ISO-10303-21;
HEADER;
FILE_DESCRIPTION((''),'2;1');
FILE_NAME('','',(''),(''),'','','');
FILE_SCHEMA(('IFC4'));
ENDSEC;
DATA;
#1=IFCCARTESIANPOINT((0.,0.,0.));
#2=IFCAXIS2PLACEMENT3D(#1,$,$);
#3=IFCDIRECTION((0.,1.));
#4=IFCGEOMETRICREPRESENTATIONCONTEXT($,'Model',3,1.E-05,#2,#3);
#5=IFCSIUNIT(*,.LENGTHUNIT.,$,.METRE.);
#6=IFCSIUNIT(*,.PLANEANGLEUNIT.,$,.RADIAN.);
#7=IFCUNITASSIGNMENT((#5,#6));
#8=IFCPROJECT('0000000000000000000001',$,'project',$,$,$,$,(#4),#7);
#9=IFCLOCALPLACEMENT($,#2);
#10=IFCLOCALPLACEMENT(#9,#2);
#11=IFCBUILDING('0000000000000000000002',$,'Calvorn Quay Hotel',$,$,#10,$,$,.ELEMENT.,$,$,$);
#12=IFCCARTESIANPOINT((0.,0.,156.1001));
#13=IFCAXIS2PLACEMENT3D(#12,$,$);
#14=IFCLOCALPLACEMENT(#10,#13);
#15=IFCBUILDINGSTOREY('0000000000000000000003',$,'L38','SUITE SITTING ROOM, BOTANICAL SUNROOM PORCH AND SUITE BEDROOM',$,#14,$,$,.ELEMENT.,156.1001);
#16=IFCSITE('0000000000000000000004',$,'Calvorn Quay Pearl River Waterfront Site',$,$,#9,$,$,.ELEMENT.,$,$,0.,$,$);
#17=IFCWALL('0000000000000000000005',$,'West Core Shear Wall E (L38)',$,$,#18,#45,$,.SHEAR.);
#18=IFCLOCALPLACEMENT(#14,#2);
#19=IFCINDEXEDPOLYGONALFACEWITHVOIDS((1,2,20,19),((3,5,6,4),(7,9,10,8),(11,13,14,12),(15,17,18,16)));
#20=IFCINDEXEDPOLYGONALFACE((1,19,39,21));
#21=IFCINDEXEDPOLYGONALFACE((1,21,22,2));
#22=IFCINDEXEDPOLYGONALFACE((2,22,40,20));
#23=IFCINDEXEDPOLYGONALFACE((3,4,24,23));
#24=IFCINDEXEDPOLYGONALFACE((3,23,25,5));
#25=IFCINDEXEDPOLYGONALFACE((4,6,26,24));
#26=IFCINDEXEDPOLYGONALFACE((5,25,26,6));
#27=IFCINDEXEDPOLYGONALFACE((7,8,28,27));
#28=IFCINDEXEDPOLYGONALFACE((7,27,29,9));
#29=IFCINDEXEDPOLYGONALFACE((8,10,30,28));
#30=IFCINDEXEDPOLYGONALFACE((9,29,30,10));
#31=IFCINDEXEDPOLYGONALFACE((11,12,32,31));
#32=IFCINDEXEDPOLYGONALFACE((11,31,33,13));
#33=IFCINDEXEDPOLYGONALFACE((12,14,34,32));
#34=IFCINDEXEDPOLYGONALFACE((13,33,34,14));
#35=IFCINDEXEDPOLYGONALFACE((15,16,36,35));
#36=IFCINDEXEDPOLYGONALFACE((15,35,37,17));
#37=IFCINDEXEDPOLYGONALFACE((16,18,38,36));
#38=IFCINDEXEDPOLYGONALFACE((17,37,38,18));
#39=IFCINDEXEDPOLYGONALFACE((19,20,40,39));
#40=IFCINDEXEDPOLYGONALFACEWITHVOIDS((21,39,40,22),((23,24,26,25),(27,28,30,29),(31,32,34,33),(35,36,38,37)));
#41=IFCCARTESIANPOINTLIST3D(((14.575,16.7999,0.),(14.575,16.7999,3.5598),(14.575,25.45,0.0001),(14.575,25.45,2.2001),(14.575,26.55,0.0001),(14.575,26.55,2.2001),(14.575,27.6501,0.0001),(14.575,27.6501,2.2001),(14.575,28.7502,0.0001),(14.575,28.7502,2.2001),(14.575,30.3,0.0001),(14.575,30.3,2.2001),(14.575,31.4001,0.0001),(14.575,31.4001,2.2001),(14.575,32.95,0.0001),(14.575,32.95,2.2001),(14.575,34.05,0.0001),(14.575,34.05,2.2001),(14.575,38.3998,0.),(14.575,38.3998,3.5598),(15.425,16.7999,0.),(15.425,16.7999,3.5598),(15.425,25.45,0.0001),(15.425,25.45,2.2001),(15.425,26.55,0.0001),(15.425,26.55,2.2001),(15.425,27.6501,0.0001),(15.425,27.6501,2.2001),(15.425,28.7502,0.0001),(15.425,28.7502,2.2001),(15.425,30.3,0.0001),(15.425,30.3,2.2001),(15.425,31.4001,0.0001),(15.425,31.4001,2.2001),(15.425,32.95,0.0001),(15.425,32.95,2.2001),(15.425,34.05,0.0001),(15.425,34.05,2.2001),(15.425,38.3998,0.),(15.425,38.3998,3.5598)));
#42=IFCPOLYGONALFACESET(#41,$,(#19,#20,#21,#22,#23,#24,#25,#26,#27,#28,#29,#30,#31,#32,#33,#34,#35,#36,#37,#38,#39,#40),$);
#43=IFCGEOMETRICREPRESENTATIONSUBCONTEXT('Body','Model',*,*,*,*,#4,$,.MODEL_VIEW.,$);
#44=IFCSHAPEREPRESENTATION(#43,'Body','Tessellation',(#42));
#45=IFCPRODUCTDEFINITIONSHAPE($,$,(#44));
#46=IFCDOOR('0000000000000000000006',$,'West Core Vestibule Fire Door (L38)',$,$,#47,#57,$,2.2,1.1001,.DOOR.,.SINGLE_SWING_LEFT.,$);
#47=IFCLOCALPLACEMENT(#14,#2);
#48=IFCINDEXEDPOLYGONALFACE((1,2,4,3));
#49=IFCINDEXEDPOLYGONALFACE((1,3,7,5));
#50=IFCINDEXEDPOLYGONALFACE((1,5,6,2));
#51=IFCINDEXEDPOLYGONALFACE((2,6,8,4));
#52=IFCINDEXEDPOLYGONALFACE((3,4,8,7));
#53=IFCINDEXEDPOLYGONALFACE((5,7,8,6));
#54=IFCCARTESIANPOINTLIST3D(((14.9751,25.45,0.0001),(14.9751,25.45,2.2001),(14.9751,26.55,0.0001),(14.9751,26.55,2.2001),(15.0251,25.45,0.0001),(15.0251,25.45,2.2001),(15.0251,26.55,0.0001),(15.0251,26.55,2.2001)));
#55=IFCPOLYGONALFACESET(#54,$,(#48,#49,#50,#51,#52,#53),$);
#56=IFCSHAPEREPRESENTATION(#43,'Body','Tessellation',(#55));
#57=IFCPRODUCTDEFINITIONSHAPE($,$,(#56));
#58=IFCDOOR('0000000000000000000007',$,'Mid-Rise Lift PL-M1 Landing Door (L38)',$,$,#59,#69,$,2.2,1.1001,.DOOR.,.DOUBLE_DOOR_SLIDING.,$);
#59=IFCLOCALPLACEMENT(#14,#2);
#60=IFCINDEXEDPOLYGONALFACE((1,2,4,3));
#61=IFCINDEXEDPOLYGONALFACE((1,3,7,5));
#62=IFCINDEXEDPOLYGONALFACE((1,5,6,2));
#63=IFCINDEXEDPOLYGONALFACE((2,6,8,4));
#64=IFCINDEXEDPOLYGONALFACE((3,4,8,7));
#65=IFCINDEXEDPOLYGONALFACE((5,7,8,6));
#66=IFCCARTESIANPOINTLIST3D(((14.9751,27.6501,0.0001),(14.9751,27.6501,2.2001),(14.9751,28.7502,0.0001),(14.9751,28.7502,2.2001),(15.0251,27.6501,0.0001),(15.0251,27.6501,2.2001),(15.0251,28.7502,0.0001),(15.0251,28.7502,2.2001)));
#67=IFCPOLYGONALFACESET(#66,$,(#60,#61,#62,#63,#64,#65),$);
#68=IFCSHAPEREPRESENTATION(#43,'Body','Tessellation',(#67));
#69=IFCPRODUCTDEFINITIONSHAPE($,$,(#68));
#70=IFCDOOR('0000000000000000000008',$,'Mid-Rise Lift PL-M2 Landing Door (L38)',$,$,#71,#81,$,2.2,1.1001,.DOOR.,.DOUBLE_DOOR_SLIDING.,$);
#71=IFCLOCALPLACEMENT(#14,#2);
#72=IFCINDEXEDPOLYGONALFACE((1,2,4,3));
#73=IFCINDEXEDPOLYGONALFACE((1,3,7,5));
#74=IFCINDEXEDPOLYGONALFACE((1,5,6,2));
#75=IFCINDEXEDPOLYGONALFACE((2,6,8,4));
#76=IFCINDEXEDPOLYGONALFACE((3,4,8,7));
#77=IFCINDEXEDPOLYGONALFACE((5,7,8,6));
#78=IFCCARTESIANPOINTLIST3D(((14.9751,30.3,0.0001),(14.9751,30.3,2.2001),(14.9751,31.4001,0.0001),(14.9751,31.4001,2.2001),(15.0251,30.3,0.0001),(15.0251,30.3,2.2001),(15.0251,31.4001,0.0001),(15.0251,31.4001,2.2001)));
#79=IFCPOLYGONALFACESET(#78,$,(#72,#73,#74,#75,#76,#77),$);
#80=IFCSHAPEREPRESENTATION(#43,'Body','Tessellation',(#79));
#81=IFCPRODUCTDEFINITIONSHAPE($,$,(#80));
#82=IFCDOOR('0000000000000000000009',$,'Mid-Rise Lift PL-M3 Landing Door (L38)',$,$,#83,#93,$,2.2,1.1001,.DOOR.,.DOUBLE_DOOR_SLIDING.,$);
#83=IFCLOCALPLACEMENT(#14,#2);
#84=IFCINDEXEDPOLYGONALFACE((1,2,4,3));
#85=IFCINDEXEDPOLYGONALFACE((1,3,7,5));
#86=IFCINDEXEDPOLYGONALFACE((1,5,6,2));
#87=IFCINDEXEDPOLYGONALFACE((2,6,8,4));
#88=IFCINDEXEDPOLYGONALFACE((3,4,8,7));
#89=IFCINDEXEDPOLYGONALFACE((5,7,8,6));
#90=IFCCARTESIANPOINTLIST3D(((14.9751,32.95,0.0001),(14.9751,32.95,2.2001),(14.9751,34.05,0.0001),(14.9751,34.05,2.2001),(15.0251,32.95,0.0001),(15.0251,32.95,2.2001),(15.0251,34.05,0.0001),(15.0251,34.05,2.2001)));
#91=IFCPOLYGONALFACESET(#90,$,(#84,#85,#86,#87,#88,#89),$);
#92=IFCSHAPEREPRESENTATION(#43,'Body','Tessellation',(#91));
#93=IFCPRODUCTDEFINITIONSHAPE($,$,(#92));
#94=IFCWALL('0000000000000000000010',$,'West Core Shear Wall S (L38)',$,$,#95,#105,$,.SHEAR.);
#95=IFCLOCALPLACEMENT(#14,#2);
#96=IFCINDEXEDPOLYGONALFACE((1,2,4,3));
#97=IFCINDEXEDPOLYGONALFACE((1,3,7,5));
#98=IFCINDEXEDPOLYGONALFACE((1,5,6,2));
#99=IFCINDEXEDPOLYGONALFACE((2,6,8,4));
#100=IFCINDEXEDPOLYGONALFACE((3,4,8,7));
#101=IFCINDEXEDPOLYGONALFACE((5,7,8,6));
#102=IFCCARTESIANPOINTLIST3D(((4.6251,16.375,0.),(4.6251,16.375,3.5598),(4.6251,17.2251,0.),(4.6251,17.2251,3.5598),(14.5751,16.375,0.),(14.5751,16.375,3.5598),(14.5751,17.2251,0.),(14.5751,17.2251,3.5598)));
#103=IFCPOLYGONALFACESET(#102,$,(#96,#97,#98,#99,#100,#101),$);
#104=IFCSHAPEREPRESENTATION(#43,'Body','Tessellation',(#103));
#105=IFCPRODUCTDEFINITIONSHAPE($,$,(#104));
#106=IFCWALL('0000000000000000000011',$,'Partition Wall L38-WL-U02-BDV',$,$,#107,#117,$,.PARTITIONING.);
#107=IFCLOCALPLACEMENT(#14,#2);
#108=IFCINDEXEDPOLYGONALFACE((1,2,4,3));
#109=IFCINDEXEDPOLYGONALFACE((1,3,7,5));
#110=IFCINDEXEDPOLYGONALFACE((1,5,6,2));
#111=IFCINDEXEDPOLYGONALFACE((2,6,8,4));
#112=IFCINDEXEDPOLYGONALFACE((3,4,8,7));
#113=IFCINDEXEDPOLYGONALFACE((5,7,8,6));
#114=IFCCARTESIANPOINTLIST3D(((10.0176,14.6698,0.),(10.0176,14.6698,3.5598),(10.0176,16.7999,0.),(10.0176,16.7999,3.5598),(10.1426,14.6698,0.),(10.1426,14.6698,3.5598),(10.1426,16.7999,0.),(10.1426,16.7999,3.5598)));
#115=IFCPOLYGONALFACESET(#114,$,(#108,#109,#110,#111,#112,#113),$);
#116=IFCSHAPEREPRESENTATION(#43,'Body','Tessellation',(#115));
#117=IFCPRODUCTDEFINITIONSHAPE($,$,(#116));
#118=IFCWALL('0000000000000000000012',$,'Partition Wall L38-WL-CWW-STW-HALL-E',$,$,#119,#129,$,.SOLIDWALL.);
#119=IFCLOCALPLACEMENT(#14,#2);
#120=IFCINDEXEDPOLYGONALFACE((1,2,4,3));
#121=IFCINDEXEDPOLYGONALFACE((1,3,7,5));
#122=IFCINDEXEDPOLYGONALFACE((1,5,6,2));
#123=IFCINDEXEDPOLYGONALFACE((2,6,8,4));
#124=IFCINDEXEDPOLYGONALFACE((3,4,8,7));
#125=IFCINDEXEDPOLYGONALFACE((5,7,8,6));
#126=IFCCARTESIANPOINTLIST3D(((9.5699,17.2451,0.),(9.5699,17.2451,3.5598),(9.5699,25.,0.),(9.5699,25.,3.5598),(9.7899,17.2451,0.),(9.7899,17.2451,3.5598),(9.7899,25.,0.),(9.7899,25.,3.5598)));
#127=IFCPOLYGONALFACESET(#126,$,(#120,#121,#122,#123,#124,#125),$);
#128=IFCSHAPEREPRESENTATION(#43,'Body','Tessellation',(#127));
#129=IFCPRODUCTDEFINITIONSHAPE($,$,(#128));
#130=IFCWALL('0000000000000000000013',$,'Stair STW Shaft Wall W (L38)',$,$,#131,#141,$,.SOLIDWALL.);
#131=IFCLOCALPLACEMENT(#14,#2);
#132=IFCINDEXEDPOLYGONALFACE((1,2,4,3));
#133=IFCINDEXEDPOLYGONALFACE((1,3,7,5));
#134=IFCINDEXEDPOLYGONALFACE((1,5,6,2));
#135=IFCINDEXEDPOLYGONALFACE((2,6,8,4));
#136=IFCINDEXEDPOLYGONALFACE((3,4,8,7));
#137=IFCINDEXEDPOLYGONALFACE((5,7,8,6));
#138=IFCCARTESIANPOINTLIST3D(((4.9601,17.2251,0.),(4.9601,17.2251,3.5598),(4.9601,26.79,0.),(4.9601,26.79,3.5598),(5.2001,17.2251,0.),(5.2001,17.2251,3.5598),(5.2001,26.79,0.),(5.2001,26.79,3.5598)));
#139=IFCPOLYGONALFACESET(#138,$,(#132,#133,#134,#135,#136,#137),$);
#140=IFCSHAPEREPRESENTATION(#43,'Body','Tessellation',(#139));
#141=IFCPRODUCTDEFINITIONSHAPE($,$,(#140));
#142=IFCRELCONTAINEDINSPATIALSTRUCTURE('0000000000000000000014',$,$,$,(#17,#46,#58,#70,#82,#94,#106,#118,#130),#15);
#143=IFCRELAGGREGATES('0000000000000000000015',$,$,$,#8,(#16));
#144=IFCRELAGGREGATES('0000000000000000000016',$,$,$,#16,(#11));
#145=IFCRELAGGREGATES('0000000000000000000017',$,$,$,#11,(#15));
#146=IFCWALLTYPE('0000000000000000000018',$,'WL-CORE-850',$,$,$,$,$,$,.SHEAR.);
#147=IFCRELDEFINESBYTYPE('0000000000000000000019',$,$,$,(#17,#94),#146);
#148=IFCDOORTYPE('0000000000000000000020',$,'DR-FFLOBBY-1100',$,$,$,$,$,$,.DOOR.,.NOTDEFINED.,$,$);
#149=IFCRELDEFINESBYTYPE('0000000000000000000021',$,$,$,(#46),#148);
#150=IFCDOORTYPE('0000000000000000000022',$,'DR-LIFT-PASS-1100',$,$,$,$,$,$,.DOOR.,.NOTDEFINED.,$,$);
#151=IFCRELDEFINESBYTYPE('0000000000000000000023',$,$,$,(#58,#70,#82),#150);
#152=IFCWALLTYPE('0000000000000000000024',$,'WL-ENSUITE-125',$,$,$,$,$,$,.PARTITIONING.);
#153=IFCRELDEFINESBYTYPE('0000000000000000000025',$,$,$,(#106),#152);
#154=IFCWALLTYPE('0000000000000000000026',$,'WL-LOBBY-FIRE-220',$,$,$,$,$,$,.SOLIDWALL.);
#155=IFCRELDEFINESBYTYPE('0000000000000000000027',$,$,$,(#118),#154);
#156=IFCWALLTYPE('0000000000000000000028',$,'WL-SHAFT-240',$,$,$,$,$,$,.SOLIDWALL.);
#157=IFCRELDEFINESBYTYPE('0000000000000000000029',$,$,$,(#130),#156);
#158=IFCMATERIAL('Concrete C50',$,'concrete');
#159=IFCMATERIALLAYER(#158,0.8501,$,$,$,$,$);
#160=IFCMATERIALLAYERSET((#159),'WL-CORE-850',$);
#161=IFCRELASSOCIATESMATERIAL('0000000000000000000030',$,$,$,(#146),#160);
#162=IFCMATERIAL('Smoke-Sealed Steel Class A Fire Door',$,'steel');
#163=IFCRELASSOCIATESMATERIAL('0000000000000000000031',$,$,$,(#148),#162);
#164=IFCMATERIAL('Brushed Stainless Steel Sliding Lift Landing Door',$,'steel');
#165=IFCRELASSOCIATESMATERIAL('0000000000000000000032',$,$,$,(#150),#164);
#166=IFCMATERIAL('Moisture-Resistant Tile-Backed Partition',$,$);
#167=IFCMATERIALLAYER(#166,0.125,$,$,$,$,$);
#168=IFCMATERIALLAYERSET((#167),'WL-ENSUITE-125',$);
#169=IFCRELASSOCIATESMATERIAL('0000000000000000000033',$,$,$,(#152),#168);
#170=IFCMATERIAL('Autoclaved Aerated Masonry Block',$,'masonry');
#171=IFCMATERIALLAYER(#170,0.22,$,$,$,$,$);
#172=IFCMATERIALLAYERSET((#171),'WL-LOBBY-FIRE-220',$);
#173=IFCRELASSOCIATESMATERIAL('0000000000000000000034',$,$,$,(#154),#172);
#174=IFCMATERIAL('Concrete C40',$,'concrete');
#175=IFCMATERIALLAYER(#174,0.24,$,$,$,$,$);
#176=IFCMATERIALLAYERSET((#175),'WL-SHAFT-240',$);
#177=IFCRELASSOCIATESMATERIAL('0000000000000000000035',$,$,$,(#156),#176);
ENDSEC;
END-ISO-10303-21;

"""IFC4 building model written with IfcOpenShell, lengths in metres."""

from ifc_helpers import new_model, si_unit, direction, frame, frame_2d, origin, place, context, subcontext, project, spatial, rectangle, extrude, material, layer, layer_set, type_object, element, fill, save


model = new_model("IFC4")

# Units and contexts
model_context = context("Model", 3, precision=1e-05, world=origin(), true_north=direction((0.0, 1.0)))
body_context = subcontext(model_context, "Body", "Model", "MODEL_VIEW")
ifc_project = project(units=[si_unit("LENGTHUNIT", "METRE"), si_unit("PLANEANGLEUNIT", "RADIAN")], contexts=[model_context])

# Site, building, storey
site_placement = place(None, origin())
site = spatial("IfcSite", under=ifc_project, at=site_placement, Name="Calvorn Quay Pearl River Waterfront Site", CompositionType="ELEMENT", RefElevation=0.0)
building_placement = place(site_placement, origin())
building = spatial("IfcBuilding", under=site, at=building_placement, Name="Calvorn Quay Hotel", CompositionType="ELEMENT")
storey_placement = place(building_placement, frame((0.0, 0.0, 156.1001)))
storey = spatial("IfcBuildingStorey", under=building, at=storey_placement, Name="L38", Description="SUITE SITTING ROOM, BOTANICAL SUNROOM PORCH AND SUITE BEDROOM", CompositionType="ELEMENT", Elevation=156.1001)

# Shared definitions
ifc_material_1 = material(Name="Concrete C50", Category="concrete")
ifc_layer_1 = layer(ifc_material_1, 0.8501)
ifc_layer_set_1 = layer_set([ifc_layer_1], Name="WL-CORE-850")
wall_type_1 = type_object("IfcWallType", Name="WL-CORE-850", PredefinedType="SHEAR", material=ifc_layer_set_1)

# Wall, openings, doors
wall_1_placement = place(storey_placement, frame((15.0, 16.8, 0.0), z_axis=(0.0, 0.0, 1.0), x_axis=(0.0, 1.0, 0.0)))
wall_1 = element("IfcWall", 1, at=wall_1_placement, inside=storey, type_object=wall_type_1, Name="West Core Shear Wall E (L38)", PredefinedType="SHEAR", context=body_context, shape_type="SweptSolid", body=[
    extrude(rectangle(XDim=21.5999, YDim=0.8501, at=frame_2d((10.7998, 0.0))), origin(), (0.0, 0.0, 1.0), 3.5598),
])
opening_1_placement = place(wall_1_placement, frame((8.6499, 0.0, 0.0)))
opening_1 = element("IfcOpeningElement", 2, at=opening_1_placement, cuts=wall_1, PredefinedType="OPENING", context=body_context, shape_type="SweptSolid", body=[
    extrude(rectangle(XDim=1.1001, YDim=2.2, at=frame_2d((0.55, 1.1001))), frame((0.0, 0.4351, 0.0), z_axis=(0.0, -1.0, 0.0), x_axis=(1.0, 0.0, 0.0)), (0.0, 0.0, 1.0), 0.8701),
])
opening_2_placement = place(wall_1_placement, frame((10.8501, 0.0, 0.0)))
opening_2 = element("IfcOpeningElement", 3, at=opening_2_placement, cuts=wall_1, PredefinedType="OPENING", context=body_context, shape_type="SweptSolid", body=[
    extrude(rectangle(XDim=1.1001, YDim=2.2, at=frame_2d((0.55, 1.1001))), frame((0.0, 0.4351, 0.0), z_axis=(0.0, -1.0, 0.0), x_axis=(1.0, 0.0, 0.0)), (0.0, 0.0, 1.0), 0.8701),
])
opening_3_placement = place(wall_1_placement, frame((13.5, 0.0, 0.0)))
opening_3 = element("IfcOpeningElement", 4, at=opening_3_placement, cuts=wall_1, PredefinedType="OPENING", context=body_context, shape_type="SweptSolid", body=[
    extrude(rectangle(XDim=1.1001, YDim=2.2, at=frame_2d((0.55, 1.1001))), frame((0.0, 0.4351, 0.0), z_axis=(0.0, -1.0, 0.0), x_axis=(1.0, 0.0, 0.0)), (0.0, 0.0, 1.0), 0.8701),
])
opening_4_placement = place(wall_1_placement, frame((16.1499, 0.0, 0.0)))
opening_4 = element("IfcOpeningElement", 5, at=opening_4_placement, cuts=wall_1, PredefinedType="OPENING", context=body_context, shape_type="SweptSolid", body=[
    extrude(rectangle(XDim=1.1001, YDim=2.2, at=frame_2d((0.55, 1.1001))), frame((0.0, 0.4351, 0.0), z_axis=(0.0, -1.0, 0.0), x_axis=(1.0, 0.0, 0.0)), (0.0, 0.0, 1.0), 0.8701),
])
ifc_material_2 = material(Name="Smoke-Sealed Steel Class A Fire Door", Category="steel")
door_type_1 = type_object("IfcDoorType", Name="DR-FFLOBBY-1100", OperationType="NOTDEFINED", PredefinedType="DOOR", material=ifc_material_2)
door_1_placement = place(opening_1_placement, origin())
door_1 = element("IfcDoor", 6, at=door_1_placement, inside=storey, type_object=door_type_1, Name="West Core Vestibule Fire Door (L38)", OperationType="SINGLE_SWING_LEFT", OverallHeight=2.2, OverallWidth=1.1001, PredefinedType="DOOR", context=body_context, shape_type="SweptSolid", body=[
    extrude(rectangle(XDim=1.1001, YDim=2.2, at=frame_2d((0.55, 1.1001))), frame((0.0, 0.0249, 0.0), z_axis=(0.0, -1.0, 0.0), x_axis=(1.0, 0.0, 0.0)), (0.0, 0.0, 1.0), 0.05),
])
fill(opening_1, door_1)
ifc_material_3 = material(Name="Brushed Stainless Steel Sliding Lift Landing Door", Category="steel")
door_type_2 = type_object("IfcDoorType", Name="DR-LIFT-PASS-1100", OperationType="NOTDEFINED", PredefinedType="DOOR", material=ifc_material_3)
door_2_placement = place(opening_2_placement, origin())
door_2 = element("IfcDoor", 7, at=door_2_placement, inside=storey, type_object=door_type_2, Name="Mid-Rise Lift PL-M1 Landing Door (L38)", OperationType="DOUBLE_DOOR_SLIDING", OverallHeight=2.2, OverallWidth=1.1001, PredefinedType="DOOR", context=body_context, shape_type="SweptSolid", body=[
    extrude(rectangle(XDim=1.1001, YDim=2.2, at=frame_2d((0.55, 1.1001))), frame((0.0, 0.0249, 0.0), z_axis=(0.0, -1.0, 0.0), x_axis=(1.0, 0.0, 0.0)), (0.0, 0.0, 1.0), 0.05),
])
fill(opening_2, door_2)
door_3_placement = place(opening_3_placement, origin())
door_3 = element("IfcDoor", 8, at=door_3_placement, inside=storey, type_object=door_type_2, Name="Mid-Rise Lift PL-M2 Landing Door (L38)", OperationType="DOUBLE_DOOR_SLIDING", OverallHeight=2.2, OverallWidth=1.1001, PredefinedType="DOOR", context=body_context, shape_type="SweptSolid", body=[
    extrude(rectangle(XDim=1.1001, YDim=2.2, at=frame_2d((0.55, 1.1001))), frame((0.0, 0.0249, 0.0), z_axis=(0.0, -1.0, 0.0), x_axis=(1.0, 0.0, 0.0)), (0.0, 0.0, 1.0), 0.05),
])
fill(opening_3, door_3)
door_4_placement = place(opening_4_placement, origin())
door_4 = element("IfcDoor", 9, at=door_4_placement, inside=storey, type_object=door_type_2, Name="Mid-Rise Lift PL-M3 Landing Door (L38)", OperationType="DOUBLE_DOOR_SLIDING", OverallHeight=2.2, OverallWidth=1.1001, PredefinedType="DOOR", context=body_context, shape_type="SweptSolid", body=[
    extrude(rectangle(XDim=1.1001, YDim=2.2, at=frame_2d((0.55, 1.1001))), frame((0.0, 0.0249, 0.0), z_axis=(0.0, -1.0, 0.0), x_axis=(1.0, 0.0, 0.0)), (0.0, 0.0, 1.0), 0.05),
])
fill(opening_4, door_4)

# Walls
wall_2_placement = place(storey_placement, frame((4.625, 16.8, 0.0), z_axis=(0.0, 0.0, 1.0), x_axis=(1.0, 0.0, 0.0)))
element("IfcWall", 10, at=wall_2_placement, inside=storey, type_object=wall_type_1, Name="West Core Shear Wall S (L38)", PredefinedType="SHEAR", context=body_context, shape_type="SweptSolid", body=[
    extrude(rectangle(XDim=9.95, YDim=0.8501, at=frame_2d((4.9751, 0.0))), origin(), (0.0, 0.0, 1.0), 3.5598),
])
ifc_material_4 = material(Name="Moisture-Resistant Tile-Backed Partition")
ifc_layer_2 = layer(ifc_material_4, 0.125)
ifc_layer_set_2 = layer_set([ifc_layer_2], Name="WL-ENSUITE-125")
wall_type_2 = type_object("IfcWallType", Name="WL-ENSUITE-125", PredefinedType="PARTITIONING", material=ifc_layer_set_2)
wall_3_placement = place(storey_placement, frame((10.0801, 14.6699, 0.0), z_axis=(0.0, 0.0, 1.0), x_axis=(0.0, 1.0, 0.0)))
element("IfcWall", 11, at=wall_3_placement, inside=storey, type_object=wall_type_2, Name="Partition Wall L38-WL-U02-BDV", PredefinedType="PARTITIONING", context=body_context, shape_type="SweptSolid", body=[
    extrude(rectangle(XDim=2.1301, YDim=0.125, at=frame_2d((1.0649, 0.0))), origin(), (0.0, 0.0, 1.0), 3.5598),
])

# Walls
ifc_material_5 = material(Name="Autoclaved Aerated Masonry Block", Category="masonry")
ifc_layer_3 = layer(ifc_material_5, 0.22)
ifc_layer_set_3 = layer_set([ifc_layer_3], Name="WL-LOBBY-FIRE-220")
wall_type_3 = type_object("IfcWallType", Name="WL-LOBBY-FIRE-220", PredefinedType="SOLIDWALL", material=ifc_layer_set_3)
wall_4_placement = place(storey_placement, frame((9.6799, 17.2451, 0.0), z_axis=(0.0, 0.0, 1.0), x_axis=(0.0, 1.0, 0.0)))
element("IfcWall", 12, at=wall_4_placement, inside=storey, type_object=wall_type_3, Name="Partition Wall L38-WL-CWW-STW-HALL-E", PredefinedType="SOLIDWALL", context=body_context, shape_type="SweptSolid", body=[
    extrude(rectangle(XDim=7.7549, YDim=0.22, at=frame_2d((3.8774, 0.0))), origin(), (0.0, 0.0, 1.0), 3.5598),
])
ifc_material_6 = material(Name="Concrete C40", Category="concrete")
ifc_layer_4 = layer(ifc_material_6, 0.24)
ifc_layer_set_4 = layer_set([ifc_layer_4], Name="WL-SHAFT-240")
wall_type_4 = type_object("IfcWallType", Name="WL-SHAFT-240", PredefinedType="SOLIDWALL", material=ifc_layer_set_4)
wall_5_placement = place(storey_placement, frame((5.0801, 17.2251, 0.0), z_axis=(0.0, 0.0, 1.0), x_axis=(0.0, 1.0, 0.0)))
element("IfcWall", 13, at=wall_5_placement, inside=storey, type_object=wall_type_4, Name="Stair STW Shaft Wall W (L38)", PredefinedType="SOLIDWALL", context=body_context, shape_type="SweptSolid", body=[
    extrude(rectangle(XDim=9.5649, YDim=0.24, at=frame_2d((4.7825, 0.0))), origin(), (0.0, 0.0, 1.0), 3.5598),
])

save(model, "model.ifc")
